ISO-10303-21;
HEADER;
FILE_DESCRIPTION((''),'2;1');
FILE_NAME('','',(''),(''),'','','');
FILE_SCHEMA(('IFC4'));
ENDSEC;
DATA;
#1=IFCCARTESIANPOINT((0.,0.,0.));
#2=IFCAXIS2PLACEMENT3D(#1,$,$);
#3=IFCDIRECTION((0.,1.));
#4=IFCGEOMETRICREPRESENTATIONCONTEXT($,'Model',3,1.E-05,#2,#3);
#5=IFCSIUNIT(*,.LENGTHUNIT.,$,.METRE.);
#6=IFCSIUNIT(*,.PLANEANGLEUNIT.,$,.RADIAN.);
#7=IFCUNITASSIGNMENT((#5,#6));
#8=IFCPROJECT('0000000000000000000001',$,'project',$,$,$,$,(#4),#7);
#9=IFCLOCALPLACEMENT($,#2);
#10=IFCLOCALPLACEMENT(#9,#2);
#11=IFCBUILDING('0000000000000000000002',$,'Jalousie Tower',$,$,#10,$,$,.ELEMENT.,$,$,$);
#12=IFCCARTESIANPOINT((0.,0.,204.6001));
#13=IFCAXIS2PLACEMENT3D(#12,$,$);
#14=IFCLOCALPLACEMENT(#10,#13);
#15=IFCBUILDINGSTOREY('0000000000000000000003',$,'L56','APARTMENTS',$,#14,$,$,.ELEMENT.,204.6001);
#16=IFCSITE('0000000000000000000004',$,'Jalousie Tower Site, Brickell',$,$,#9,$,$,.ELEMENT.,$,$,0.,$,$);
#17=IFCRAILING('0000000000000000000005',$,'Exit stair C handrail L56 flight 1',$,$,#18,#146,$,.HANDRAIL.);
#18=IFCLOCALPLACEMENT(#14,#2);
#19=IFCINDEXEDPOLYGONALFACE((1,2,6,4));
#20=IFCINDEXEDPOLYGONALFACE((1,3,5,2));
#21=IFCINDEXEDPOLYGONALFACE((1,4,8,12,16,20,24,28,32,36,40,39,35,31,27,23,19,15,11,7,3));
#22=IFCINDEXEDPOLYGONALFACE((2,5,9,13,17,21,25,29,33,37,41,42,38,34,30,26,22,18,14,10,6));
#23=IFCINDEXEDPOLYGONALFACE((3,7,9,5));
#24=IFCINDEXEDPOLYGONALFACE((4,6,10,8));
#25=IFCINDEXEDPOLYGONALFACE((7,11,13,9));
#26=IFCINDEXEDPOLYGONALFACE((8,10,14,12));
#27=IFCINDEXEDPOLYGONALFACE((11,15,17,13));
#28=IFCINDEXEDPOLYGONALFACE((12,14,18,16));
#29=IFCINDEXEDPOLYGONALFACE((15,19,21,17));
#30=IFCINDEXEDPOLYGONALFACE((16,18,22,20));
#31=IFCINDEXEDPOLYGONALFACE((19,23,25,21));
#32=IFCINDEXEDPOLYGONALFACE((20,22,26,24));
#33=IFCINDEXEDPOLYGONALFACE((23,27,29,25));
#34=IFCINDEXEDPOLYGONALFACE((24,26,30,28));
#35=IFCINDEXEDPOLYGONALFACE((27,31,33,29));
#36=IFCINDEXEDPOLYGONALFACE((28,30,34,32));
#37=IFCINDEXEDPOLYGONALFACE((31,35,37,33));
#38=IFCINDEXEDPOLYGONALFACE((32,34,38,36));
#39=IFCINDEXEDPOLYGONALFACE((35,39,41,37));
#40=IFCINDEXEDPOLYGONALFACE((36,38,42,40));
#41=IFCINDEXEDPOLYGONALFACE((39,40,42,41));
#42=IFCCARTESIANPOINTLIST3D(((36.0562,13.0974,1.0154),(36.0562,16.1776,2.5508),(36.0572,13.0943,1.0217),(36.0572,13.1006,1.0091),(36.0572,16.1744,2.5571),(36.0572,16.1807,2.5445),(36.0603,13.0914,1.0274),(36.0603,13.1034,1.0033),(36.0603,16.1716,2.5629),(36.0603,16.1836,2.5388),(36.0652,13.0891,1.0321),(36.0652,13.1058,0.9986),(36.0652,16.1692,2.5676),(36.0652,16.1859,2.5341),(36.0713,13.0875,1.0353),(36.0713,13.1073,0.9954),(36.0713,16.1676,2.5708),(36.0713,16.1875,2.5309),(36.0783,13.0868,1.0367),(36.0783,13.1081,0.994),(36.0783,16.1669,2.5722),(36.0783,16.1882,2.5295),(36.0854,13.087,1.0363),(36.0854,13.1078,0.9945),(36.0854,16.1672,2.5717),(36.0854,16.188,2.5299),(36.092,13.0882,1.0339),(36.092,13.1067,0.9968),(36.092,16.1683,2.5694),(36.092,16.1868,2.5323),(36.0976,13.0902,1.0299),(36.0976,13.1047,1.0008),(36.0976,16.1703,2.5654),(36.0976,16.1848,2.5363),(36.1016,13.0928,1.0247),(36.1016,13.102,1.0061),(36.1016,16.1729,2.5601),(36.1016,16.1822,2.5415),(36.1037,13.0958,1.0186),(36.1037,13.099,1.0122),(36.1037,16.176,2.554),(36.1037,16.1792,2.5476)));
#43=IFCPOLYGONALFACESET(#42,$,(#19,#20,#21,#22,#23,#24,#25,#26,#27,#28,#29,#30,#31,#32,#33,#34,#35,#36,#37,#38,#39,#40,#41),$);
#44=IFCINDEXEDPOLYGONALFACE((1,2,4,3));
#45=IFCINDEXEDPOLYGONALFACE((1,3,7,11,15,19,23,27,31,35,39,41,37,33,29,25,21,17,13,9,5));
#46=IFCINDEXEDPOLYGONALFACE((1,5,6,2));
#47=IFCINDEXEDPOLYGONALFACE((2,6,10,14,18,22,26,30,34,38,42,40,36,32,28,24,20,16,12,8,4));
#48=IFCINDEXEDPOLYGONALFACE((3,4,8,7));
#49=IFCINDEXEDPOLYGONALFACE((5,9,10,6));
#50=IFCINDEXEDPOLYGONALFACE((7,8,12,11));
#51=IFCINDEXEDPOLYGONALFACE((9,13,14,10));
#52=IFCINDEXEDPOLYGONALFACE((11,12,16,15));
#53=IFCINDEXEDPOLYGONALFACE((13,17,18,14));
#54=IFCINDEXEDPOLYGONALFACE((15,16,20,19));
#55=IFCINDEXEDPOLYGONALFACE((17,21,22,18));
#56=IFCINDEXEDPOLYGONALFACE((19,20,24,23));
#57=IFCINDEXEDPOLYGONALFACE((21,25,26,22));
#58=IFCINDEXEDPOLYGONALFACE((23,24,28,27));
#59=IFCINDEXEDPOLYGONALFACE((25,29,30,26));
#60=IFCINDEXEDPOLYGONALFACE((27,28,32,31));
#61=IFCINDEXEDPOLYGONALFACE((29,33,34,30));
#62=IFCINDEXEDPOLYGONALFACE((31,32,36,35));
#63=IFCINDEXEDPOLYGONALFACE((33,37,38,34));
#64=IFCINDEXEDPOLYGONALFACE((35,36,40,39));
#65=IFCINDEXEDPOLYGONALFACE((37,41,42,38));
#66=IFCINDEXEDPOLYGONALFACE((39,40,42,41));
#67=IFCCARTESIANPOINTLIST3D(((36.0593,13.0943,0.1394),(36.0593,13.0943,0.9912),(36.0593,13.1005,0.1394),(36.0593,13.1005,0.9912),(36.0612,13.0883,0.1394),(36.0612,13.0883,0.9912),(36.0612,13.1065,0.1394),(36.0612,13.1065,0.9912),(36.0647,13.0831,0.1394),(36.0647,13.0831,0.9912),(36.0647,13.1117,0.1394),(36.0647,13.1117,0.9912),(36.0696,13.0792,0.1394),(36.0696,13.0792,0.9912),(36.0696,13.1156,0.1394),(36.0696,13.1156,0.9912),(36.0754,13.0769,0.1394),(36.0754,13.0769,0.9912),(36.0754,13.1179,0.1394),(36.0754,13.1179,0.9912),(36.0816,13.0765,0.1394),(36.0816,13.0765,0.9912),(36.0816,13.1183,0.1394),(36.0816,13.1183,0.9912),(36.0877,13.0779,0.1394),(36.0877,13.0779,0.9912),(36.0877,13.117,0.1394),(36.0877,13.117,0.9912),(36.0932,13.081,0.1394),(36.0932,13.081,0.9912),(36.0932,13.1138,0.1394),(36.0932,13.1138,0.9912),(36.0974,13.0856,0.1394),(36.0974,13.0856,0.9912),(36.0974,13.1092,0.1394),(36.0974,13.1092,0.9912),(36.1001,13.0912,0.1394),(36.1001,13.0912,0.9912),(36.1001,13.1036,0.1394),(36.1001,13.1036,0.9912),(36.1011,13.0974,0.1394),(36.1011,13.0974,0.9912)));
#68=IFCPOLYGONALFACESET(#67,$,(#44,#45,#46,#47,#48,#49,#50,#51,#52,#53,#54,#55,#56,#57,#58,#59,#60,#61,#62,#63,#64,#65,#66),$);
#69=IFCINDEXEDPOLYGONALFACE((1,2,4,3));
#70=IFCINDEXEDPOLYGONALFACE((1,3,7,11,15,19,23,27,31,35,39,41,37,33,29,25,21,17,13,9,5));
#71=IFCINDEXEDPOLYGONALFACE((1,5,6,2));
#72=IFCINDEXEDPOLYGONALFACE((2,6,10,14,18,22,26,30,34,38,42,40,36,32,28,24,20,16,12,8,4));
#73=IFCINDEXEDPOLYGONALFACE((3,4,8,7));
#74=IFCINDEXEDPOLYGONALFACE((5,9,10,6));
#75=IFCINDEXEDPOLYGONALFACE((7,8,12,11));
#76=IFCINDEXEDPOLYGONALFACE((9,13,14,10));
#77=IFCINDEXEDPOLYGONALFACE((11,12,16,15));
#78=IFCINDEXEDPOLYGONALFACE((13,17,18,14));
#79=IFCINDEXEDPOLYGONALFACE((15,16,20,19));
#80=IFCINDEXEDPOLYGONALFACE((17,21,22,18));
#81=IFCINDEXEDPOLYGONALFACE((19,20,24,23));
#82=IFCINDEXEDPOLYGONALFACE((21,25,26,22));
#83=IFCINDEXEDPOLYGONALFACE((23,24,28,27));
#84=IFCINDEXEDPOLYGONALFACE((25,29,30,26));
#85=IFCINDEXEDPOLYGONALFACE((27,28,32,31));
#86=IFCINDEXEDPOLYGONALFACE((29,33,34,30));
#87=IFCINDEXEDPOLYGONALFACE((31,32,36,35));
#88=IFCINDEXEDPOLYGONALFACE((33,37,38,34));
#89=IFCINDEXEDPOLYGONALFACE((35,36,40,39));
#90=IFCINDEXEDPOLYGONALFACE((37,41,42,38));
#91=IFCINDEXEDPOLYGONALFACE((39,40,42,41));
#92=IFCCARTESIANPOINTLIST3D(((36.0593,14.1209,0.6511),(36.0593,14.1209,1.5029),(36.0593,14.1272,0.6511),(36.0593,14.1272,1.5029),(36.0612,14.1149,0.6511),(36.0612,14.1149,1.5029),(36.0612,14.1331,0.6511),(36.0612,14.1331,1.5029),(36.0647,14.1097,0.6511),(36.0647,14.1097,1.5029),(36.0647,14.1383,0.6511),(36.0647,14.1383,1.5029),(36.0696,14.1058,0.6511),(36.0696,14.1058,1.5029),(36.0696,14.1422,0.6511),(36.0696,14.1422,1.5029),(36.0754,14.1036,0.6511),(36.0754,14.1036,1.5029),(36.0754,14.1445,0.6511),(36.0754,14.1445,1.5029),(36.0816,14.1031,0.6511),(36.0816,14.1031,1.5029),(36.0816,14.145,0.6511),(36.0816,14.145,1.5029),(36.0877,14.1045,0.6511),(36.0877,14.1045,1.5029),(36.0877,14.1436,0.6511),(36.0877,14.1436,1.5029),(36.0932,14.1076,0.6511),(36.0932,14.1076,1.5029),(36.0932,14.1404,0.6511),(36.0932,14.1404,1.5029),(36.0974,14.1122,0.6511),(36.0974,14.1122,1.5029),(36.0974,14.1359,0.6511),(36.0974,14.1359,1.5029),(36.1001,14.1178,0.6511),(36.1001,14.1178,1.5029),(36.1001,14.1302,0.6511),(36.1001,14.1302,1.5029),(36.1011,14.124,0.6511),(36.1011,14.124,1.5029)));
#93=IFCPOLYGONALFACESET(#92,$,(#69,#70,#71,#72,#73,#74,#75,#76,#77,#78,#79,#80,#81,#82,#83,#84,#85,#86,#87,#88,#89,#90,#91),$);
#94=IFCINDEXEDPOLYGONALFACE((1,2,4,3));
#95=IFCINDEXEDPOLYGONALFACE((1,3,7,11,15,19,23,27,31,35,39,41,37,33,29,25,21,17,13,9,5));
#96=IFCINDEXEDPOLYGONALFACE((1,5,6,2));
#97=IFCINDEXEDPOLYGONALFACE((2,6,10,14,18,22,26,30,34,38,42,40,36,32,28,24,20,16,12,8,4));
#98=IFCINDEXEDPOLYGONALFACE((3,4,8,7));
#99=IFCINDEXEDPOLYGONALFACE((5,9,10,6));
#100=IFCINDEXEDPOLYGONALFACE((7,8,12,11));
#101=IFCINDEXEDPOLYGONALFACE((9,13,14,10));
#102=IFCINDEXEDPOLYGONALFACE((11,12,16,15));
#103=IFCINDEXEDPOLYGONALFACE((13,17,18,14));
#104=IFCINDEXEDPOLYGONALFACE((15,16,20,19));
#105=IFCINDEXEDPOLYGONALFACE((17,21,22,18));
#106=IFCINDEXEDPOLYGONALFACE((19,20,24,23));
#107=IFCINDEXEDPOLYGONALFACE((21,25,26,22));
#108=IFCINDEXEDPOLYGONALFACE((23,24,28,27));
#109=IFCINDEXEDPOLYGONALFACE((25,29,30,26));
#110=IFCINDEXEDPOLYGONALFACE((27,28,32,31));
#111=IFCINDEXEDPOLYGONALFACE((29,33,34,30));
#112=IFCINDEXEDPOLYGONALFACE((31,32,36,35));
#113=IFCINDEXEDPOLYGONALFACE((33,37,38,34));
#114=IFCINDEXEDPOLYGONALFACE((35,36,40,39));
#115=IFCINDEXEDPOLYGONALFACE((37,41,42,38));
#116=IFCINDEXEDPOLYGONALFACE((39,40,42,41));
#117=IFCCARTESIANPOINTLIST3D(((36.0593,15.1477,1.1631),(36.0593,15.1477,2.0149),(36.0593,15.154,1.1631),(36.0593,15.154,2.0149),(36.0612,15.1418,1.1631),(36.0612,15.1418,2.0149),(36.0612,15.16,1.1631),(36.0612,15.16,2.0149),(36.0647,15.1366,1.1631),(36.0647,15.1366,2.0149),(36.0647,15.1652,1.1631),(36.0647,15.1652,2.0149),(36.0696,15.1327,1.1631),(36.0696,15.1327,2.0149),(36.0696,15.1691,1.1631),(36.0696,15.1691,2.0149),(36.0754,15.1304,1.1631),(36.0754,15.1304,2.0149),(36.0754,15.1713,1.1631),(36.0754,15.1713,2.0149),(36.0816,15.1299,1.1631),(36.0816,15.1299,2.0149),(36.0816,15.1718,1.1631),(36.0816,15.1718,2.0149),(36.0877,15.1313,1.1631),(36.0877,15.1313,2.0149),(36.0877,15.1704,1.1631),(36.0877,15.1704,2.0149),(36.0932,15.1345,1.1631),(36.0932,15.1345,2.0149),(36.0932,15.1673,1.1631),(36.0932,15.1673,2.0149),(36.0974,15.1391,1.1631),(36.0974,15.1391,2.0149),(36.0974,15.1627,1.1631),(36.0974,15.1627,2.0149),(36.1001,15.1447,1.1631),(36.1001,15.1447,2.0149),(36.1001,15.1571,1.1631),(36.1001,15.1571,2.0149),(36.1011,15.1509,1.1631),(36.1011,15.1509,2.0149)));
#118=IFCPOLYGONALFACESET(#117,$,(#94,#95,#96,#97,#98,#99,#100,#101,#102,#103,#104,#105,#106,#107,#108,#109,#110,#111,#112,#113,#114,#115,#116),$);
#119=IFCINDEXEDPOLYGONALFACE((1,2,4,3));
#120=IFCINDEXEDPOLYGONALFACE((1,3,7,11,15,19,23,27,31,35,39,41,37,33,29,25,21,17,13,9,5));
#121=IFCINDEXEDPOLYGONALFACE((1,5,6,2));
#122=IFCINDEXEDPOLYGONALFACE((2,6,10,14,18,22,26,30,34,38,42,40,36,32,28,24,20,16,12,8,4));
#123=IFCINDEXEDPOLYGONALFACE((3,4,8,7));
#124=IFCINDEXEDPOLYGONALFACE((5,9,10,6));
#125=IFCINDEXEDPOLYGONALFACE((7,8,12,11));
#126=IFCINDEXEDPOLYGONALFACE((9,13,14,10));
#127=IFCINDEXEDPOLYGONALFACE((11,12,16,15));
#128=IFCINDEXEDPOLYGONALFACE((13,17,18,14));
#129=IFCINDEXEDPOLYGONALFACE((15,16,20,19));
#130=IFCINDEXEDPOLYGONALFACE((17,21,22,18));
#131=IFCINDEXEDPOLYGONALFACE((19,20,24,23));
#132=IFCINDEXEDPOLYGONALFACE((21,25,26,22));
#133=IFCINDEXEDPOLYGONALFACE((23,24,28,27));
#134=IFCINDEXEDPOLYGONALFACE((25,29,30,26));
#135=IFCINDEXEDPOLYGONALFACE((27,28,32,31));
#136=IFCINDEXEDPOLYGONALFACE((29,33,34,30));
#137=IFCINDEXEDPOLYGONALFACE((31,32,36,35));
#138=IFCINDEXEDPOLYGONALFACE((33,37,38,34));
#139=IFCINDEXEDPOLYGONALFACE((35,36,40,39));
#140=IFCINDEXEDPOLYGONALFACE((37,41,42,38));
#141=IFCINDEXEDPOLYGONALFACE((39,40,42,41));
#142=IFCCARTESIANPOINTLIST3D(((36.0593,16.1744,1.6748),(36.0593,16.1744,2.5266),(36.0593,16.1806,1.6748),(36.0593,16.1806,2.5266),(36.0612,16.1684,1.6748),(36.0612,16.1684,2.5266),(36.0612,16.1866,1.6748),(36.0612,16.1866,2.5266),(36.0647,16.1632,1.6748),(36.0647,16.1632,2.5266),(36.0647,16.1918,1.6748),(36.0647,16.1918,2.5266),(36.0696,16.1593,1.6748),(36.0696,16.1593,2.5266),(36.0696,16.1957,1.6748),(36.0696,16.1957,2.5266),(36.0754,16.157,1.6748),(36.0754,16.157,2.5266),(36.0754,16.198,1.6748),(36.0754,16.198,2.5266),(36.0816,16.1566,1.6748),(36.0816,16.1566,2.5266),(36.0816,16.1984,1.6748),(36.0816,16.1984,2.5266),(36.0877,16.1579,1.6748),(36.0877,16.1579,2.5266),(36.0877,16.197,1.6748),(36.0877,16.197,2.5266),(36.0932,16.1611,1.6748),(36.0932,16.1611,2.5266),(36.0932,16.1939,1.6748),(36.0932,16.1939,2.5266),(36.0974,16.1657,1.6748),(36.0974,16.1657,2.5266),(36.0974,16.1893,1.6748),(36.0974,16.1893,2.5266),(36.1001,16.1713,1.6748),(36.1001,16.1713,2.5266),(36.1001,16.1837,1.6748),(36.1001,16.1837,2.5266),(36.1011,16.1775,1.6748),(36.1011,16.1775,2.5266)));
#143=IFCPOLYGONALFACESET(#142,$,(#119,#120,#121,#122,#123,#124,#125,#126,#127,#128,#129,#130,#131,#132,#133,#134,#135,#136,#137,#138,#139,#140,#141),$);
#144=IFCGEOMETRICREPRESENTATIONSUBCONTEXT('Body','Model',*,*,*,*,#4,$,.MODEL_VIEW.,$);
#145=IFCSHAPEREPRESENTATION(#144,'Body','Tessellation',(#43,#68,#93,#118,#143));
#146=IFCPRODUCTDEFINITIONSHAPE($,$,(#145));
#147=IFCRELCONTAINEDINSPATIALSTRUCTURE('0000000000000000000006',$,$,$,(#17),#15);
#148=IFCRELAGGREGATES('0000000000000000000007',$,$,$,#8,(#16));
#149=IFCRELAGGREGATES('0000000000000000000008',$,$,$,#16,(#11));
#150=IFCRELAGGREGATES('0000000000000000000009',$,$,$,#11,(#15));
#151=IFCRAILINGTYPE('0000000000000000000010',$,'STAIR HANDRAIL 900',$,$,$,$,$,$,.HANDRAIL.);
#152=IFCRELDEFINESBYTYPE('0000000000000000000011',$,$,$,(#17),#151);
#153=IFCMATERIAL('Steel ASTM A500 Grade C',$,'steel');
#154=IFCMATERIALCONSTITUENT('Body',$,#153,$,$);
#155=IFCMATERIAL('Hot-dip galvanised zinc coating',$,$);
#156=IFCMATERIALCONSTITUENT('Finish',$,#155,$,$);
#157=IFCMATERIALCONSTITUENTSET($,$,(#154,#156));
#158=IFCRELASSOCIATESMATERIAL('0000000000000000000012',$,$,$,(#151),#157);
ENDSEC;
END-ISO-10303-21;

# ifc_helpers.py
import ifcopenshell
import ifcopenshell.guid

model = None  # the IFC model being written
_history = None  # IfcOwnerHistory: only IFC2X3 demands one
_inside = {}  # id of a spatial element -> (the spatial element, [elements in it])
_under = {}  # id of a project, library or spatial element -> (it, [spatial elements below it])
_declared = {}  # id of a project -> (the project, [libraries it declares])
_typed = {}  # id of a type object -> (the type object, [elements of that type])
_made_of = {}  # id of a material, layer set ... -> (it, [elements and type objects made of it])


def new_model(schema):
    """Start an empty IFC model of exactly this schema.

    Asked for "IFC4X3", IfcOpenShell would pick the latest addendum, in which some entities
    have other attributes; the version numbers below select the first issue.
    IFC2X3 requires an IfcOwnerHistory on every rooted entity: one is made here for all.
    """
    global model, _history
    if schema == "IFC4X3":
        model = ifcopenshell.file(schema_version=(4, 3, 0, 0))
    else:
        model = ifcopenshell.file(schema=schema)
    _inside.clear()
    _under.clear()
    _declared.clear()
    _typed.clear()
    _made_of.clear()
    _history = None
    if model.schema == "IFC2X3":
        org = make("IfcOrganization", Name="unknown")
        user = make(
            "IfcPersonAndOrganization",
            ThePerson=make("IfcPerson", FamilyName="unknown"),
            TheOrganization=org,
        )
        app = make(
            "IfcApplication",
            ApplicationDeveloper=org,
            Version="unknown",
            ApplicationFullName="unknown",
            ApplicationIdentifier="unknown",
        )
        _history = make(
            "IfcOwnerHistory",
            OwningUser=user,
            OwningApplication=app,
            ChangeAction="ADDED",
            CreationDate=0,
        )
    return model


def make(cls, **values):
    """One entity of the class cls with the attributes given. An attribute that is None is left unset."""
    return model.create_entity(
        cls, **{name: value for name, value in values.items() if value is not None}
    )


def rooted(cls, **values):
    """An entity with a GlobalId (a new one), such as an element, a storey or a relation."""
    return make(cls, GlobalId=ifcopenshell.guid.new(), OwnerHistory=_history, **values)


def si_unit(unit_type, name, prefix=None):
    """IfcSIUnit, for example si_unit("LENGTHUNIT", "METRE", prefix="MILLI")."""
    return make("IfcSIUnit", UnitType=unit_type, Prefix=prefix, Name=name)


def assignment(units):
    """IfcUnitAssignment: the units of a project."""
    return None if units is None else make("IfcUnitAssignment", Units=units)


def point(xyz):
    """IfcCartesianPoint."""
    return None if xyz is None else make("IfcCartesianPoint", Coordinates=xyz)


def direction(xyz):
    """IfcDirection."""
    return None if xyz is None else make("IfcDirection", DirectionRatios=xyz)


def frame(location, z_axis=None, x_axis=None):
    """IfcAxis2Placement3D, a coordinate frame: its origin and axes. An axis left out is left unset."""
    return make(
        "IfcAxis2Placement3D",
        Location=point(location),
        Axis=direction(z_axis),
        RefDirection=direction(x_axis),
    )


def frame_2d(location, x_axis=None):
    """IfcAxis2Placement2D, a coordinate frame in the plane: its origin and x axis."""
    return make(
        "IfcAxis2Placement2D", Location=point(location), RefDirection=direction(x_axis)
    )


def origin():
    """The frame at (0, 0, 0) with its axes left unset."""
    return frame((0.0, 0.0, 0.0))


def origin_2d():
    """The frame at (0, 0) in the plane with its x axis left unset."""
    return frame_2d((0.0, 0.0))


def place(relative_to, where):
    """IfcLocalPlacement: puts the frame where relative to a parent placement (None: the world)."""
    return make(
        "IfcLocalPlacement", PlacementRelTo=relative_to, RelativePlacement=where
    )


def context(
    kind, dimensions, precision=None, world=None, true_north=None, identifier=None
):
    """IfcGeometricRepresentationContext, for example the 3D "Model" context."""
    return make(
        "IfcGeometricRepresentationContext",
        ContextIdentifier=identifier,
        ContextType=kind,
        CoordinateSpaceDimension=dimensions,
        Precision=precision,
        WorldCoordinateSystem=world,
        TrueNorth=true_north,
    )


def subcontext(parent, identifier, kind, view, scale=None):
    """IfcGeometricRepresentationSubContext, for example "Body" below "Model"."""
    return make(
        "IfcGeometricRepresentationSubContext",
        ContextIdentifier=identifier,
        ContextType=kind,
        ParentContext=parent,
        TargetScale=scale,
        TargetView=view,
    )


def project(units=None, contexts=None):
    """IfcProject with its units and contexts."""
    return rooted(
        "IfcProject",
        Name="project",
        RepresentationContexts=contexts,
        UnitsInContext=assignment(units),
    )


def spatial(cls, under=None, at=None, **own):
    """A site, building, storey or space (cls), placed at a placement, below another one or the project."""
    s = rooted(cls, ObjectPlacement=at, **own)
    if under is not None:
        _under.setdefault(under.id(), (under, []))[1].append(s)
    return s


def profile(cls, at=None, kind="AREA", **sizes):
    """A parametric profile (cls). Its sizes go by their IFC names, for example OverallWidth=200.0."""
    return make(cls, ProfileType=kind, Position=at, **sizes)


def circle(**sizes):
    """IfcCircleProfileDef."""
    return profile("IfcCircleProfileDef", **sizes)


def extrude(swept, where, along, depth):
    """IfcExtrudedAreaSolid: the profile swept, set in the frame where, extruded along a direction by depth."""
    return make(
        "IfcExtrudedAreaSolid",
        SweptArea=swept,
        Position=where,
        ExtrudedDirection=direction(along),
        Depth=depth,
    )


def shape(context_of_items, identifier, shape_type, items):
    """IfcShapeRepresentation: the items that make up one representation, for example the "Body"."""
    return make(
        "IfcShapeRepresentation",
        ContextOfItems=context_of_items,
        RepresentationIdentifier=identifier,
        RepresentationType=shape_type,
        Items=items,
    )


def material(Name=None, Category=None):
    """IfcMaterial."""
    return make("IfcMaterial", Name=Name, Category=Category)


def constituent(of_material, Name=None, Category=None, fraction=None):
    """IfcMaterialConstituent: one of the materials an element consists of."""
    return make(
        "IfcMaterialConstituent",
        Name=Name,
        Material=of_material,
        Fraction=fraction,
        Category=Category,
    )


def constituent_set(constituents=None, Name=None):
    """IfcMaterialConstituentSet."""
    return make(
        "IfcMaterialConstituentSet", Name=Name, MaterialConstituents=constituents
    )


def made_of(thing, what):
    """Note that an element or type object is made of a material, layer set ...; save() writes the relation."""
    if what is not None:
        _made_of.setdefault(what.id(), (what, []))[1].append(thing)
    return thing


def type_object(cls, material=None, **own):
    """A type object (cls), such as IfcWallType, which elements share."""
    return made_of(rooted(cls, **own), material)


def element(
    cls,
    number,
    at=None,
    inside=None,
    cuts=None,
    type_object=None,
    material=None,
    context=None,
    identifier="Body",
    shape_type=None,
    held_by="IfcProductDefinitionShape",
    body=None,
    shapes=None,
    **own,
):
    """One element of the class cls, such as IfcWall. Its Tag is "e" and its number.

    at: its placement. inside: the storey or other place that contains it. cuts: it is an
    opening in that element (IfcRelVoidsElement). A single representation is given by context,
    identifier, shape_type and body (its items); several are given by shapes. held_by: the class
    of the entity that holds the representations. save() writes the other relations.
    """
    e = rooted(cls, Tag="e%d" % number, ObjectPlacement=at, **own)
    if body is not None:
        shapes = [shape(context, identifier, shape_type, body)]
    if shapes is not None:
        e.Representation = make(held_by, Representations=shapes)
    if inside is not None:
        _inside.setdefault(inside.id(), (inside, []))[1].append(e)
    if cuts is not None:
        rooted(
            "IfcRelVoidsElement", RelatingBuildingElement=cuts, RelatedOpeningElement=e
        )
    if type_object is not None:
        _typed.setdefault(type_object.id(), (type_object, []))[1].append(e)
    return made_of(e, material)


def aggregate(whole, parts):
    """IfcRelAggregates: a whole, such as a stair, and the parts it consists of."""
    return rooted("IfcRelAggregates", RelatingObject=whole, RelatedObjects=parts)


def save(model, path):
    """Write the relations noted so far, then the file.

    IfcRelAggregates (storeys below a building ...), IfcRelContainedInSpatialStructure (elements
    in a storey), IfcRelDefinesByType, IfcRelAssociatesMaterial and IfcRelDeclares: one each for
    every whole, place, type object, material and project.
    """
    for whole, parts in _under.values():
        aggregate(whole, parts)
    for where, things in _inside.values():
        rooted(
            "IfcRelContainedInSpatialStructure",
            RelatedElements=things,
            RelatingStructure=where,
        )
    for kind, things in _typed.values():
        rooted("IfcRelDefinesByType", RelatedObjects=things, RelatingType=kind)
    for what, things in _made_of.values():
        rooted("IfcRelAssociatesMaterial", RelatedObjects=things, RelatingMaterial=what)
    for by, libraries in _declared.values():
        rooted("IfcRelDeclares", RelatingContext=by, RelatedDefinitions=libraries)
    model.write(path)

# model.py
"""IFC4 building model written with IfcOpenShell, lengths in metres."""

from ifc_helpers import new_model, si_unit, direction, frame, origin, origin_2d, place, context, subcontext, project, spatial, circle, extrude, material, constituent, constituent_set, type_object, element, save


model = new_model("IFC4")

# Units and contexts
model_context = context("Model", 3, precision=1e-05, world=origin(), true_north=direction((0.0, 1.0)))
body_context = subcontext(model_context, "Body", "Model", "MODEL_VIEW")
ifc_project = project(units=[si_unit("LENGTHUNIT", "METRE"), si_unit("PLANEANGLEUNIT", "RADIAN")], contexts=[model_context])

# Site, building, storey
site_placement = place(None, origin())
site = spatial("IfcSite", under=ifc_project, at=site_placement, Name="Jalousie Tower Site, Brickell", CompositionType="ELEMENT", RefElevation=0.0)
building_placement = place(site_placement, origin())
building = spatial("IfcBuilding", under=site, at=building_placement, Name="Jalousie Tower", CompositionType="ELEMENT")
storey_placement = place(building_placement, frame((0.0, 0.0, 204.6001)))
storey = spatial("IfcBuildingStorey", under=building, at=storey_placement, Name="L56", Description="APARTMENTS", CompositionType="ELEMENT", Elevation=204.6001)

# Railing
ifc_material_1 = material(Name="Steel ASTM A500 Grade C", Category="steel")
ifc_constituent_1 = constituent(ifc_material_1, Name="Body")
ifc_material_2 = material(Name="Hot-dip galvanised zinc coating")
ifc_constituent_2 = constituent(ifc_material_2, Name="Finish")
ifc_constituent_set_1 = constituent_set(constituents=[ifc_constituent_1, ifc_constituent_2])
railing_type_1 = type_object("IfcRailingType", Name="STAIR HANDRAIL 900", PredefinedType="HANDRAIL", material=ifc_constituent_set_1)
railing_1_placement = place(storey_placement, frame((36.0801, 13.0974, 0.1394)))
element("IfcRailing", 1, at=railing_1_placement, inside=storey, type_object=railing_type_1, Name="Exit stair C handrail L56 flight 1", PredefinedType="HANDRAIL", context=body_context, shape_type="SweptSolid", body=[
    extrude(circle(Radius=0.0239, at=origin_2d()), frame((0.0, 0.0, 0.876), z_axis=(0.0, 0.894966, 0.446135), x_axis=(-1.0, 0.0, 0.0)), (0.0, 0.0, 1.0), 3.4417),
    extrude(circle(Radius=0.021, at=origin_2d()), origin(), (0.0, 0.0, 1.0), 0.8518),
    extrude(circle(Radius=0.021, at=origin_2d()), frame((0.0, 1.0266, 0.5117)), (0.0, 0.0, 1.0), 0.8518),
    extrude(circle(Radius=0.021, at=origin_2d()), frame((0.0, 2.0535, 1.0237)), (0.0, 0.0, 1.0), 0.8518),
    extrude(circle(Radius=0.021, at=origin_2d()), frame((0.0, 3.0801, 1.5354)), (0.0, 0.0, 1.0), 0.8518),
])

save(model, "model.ifc")
